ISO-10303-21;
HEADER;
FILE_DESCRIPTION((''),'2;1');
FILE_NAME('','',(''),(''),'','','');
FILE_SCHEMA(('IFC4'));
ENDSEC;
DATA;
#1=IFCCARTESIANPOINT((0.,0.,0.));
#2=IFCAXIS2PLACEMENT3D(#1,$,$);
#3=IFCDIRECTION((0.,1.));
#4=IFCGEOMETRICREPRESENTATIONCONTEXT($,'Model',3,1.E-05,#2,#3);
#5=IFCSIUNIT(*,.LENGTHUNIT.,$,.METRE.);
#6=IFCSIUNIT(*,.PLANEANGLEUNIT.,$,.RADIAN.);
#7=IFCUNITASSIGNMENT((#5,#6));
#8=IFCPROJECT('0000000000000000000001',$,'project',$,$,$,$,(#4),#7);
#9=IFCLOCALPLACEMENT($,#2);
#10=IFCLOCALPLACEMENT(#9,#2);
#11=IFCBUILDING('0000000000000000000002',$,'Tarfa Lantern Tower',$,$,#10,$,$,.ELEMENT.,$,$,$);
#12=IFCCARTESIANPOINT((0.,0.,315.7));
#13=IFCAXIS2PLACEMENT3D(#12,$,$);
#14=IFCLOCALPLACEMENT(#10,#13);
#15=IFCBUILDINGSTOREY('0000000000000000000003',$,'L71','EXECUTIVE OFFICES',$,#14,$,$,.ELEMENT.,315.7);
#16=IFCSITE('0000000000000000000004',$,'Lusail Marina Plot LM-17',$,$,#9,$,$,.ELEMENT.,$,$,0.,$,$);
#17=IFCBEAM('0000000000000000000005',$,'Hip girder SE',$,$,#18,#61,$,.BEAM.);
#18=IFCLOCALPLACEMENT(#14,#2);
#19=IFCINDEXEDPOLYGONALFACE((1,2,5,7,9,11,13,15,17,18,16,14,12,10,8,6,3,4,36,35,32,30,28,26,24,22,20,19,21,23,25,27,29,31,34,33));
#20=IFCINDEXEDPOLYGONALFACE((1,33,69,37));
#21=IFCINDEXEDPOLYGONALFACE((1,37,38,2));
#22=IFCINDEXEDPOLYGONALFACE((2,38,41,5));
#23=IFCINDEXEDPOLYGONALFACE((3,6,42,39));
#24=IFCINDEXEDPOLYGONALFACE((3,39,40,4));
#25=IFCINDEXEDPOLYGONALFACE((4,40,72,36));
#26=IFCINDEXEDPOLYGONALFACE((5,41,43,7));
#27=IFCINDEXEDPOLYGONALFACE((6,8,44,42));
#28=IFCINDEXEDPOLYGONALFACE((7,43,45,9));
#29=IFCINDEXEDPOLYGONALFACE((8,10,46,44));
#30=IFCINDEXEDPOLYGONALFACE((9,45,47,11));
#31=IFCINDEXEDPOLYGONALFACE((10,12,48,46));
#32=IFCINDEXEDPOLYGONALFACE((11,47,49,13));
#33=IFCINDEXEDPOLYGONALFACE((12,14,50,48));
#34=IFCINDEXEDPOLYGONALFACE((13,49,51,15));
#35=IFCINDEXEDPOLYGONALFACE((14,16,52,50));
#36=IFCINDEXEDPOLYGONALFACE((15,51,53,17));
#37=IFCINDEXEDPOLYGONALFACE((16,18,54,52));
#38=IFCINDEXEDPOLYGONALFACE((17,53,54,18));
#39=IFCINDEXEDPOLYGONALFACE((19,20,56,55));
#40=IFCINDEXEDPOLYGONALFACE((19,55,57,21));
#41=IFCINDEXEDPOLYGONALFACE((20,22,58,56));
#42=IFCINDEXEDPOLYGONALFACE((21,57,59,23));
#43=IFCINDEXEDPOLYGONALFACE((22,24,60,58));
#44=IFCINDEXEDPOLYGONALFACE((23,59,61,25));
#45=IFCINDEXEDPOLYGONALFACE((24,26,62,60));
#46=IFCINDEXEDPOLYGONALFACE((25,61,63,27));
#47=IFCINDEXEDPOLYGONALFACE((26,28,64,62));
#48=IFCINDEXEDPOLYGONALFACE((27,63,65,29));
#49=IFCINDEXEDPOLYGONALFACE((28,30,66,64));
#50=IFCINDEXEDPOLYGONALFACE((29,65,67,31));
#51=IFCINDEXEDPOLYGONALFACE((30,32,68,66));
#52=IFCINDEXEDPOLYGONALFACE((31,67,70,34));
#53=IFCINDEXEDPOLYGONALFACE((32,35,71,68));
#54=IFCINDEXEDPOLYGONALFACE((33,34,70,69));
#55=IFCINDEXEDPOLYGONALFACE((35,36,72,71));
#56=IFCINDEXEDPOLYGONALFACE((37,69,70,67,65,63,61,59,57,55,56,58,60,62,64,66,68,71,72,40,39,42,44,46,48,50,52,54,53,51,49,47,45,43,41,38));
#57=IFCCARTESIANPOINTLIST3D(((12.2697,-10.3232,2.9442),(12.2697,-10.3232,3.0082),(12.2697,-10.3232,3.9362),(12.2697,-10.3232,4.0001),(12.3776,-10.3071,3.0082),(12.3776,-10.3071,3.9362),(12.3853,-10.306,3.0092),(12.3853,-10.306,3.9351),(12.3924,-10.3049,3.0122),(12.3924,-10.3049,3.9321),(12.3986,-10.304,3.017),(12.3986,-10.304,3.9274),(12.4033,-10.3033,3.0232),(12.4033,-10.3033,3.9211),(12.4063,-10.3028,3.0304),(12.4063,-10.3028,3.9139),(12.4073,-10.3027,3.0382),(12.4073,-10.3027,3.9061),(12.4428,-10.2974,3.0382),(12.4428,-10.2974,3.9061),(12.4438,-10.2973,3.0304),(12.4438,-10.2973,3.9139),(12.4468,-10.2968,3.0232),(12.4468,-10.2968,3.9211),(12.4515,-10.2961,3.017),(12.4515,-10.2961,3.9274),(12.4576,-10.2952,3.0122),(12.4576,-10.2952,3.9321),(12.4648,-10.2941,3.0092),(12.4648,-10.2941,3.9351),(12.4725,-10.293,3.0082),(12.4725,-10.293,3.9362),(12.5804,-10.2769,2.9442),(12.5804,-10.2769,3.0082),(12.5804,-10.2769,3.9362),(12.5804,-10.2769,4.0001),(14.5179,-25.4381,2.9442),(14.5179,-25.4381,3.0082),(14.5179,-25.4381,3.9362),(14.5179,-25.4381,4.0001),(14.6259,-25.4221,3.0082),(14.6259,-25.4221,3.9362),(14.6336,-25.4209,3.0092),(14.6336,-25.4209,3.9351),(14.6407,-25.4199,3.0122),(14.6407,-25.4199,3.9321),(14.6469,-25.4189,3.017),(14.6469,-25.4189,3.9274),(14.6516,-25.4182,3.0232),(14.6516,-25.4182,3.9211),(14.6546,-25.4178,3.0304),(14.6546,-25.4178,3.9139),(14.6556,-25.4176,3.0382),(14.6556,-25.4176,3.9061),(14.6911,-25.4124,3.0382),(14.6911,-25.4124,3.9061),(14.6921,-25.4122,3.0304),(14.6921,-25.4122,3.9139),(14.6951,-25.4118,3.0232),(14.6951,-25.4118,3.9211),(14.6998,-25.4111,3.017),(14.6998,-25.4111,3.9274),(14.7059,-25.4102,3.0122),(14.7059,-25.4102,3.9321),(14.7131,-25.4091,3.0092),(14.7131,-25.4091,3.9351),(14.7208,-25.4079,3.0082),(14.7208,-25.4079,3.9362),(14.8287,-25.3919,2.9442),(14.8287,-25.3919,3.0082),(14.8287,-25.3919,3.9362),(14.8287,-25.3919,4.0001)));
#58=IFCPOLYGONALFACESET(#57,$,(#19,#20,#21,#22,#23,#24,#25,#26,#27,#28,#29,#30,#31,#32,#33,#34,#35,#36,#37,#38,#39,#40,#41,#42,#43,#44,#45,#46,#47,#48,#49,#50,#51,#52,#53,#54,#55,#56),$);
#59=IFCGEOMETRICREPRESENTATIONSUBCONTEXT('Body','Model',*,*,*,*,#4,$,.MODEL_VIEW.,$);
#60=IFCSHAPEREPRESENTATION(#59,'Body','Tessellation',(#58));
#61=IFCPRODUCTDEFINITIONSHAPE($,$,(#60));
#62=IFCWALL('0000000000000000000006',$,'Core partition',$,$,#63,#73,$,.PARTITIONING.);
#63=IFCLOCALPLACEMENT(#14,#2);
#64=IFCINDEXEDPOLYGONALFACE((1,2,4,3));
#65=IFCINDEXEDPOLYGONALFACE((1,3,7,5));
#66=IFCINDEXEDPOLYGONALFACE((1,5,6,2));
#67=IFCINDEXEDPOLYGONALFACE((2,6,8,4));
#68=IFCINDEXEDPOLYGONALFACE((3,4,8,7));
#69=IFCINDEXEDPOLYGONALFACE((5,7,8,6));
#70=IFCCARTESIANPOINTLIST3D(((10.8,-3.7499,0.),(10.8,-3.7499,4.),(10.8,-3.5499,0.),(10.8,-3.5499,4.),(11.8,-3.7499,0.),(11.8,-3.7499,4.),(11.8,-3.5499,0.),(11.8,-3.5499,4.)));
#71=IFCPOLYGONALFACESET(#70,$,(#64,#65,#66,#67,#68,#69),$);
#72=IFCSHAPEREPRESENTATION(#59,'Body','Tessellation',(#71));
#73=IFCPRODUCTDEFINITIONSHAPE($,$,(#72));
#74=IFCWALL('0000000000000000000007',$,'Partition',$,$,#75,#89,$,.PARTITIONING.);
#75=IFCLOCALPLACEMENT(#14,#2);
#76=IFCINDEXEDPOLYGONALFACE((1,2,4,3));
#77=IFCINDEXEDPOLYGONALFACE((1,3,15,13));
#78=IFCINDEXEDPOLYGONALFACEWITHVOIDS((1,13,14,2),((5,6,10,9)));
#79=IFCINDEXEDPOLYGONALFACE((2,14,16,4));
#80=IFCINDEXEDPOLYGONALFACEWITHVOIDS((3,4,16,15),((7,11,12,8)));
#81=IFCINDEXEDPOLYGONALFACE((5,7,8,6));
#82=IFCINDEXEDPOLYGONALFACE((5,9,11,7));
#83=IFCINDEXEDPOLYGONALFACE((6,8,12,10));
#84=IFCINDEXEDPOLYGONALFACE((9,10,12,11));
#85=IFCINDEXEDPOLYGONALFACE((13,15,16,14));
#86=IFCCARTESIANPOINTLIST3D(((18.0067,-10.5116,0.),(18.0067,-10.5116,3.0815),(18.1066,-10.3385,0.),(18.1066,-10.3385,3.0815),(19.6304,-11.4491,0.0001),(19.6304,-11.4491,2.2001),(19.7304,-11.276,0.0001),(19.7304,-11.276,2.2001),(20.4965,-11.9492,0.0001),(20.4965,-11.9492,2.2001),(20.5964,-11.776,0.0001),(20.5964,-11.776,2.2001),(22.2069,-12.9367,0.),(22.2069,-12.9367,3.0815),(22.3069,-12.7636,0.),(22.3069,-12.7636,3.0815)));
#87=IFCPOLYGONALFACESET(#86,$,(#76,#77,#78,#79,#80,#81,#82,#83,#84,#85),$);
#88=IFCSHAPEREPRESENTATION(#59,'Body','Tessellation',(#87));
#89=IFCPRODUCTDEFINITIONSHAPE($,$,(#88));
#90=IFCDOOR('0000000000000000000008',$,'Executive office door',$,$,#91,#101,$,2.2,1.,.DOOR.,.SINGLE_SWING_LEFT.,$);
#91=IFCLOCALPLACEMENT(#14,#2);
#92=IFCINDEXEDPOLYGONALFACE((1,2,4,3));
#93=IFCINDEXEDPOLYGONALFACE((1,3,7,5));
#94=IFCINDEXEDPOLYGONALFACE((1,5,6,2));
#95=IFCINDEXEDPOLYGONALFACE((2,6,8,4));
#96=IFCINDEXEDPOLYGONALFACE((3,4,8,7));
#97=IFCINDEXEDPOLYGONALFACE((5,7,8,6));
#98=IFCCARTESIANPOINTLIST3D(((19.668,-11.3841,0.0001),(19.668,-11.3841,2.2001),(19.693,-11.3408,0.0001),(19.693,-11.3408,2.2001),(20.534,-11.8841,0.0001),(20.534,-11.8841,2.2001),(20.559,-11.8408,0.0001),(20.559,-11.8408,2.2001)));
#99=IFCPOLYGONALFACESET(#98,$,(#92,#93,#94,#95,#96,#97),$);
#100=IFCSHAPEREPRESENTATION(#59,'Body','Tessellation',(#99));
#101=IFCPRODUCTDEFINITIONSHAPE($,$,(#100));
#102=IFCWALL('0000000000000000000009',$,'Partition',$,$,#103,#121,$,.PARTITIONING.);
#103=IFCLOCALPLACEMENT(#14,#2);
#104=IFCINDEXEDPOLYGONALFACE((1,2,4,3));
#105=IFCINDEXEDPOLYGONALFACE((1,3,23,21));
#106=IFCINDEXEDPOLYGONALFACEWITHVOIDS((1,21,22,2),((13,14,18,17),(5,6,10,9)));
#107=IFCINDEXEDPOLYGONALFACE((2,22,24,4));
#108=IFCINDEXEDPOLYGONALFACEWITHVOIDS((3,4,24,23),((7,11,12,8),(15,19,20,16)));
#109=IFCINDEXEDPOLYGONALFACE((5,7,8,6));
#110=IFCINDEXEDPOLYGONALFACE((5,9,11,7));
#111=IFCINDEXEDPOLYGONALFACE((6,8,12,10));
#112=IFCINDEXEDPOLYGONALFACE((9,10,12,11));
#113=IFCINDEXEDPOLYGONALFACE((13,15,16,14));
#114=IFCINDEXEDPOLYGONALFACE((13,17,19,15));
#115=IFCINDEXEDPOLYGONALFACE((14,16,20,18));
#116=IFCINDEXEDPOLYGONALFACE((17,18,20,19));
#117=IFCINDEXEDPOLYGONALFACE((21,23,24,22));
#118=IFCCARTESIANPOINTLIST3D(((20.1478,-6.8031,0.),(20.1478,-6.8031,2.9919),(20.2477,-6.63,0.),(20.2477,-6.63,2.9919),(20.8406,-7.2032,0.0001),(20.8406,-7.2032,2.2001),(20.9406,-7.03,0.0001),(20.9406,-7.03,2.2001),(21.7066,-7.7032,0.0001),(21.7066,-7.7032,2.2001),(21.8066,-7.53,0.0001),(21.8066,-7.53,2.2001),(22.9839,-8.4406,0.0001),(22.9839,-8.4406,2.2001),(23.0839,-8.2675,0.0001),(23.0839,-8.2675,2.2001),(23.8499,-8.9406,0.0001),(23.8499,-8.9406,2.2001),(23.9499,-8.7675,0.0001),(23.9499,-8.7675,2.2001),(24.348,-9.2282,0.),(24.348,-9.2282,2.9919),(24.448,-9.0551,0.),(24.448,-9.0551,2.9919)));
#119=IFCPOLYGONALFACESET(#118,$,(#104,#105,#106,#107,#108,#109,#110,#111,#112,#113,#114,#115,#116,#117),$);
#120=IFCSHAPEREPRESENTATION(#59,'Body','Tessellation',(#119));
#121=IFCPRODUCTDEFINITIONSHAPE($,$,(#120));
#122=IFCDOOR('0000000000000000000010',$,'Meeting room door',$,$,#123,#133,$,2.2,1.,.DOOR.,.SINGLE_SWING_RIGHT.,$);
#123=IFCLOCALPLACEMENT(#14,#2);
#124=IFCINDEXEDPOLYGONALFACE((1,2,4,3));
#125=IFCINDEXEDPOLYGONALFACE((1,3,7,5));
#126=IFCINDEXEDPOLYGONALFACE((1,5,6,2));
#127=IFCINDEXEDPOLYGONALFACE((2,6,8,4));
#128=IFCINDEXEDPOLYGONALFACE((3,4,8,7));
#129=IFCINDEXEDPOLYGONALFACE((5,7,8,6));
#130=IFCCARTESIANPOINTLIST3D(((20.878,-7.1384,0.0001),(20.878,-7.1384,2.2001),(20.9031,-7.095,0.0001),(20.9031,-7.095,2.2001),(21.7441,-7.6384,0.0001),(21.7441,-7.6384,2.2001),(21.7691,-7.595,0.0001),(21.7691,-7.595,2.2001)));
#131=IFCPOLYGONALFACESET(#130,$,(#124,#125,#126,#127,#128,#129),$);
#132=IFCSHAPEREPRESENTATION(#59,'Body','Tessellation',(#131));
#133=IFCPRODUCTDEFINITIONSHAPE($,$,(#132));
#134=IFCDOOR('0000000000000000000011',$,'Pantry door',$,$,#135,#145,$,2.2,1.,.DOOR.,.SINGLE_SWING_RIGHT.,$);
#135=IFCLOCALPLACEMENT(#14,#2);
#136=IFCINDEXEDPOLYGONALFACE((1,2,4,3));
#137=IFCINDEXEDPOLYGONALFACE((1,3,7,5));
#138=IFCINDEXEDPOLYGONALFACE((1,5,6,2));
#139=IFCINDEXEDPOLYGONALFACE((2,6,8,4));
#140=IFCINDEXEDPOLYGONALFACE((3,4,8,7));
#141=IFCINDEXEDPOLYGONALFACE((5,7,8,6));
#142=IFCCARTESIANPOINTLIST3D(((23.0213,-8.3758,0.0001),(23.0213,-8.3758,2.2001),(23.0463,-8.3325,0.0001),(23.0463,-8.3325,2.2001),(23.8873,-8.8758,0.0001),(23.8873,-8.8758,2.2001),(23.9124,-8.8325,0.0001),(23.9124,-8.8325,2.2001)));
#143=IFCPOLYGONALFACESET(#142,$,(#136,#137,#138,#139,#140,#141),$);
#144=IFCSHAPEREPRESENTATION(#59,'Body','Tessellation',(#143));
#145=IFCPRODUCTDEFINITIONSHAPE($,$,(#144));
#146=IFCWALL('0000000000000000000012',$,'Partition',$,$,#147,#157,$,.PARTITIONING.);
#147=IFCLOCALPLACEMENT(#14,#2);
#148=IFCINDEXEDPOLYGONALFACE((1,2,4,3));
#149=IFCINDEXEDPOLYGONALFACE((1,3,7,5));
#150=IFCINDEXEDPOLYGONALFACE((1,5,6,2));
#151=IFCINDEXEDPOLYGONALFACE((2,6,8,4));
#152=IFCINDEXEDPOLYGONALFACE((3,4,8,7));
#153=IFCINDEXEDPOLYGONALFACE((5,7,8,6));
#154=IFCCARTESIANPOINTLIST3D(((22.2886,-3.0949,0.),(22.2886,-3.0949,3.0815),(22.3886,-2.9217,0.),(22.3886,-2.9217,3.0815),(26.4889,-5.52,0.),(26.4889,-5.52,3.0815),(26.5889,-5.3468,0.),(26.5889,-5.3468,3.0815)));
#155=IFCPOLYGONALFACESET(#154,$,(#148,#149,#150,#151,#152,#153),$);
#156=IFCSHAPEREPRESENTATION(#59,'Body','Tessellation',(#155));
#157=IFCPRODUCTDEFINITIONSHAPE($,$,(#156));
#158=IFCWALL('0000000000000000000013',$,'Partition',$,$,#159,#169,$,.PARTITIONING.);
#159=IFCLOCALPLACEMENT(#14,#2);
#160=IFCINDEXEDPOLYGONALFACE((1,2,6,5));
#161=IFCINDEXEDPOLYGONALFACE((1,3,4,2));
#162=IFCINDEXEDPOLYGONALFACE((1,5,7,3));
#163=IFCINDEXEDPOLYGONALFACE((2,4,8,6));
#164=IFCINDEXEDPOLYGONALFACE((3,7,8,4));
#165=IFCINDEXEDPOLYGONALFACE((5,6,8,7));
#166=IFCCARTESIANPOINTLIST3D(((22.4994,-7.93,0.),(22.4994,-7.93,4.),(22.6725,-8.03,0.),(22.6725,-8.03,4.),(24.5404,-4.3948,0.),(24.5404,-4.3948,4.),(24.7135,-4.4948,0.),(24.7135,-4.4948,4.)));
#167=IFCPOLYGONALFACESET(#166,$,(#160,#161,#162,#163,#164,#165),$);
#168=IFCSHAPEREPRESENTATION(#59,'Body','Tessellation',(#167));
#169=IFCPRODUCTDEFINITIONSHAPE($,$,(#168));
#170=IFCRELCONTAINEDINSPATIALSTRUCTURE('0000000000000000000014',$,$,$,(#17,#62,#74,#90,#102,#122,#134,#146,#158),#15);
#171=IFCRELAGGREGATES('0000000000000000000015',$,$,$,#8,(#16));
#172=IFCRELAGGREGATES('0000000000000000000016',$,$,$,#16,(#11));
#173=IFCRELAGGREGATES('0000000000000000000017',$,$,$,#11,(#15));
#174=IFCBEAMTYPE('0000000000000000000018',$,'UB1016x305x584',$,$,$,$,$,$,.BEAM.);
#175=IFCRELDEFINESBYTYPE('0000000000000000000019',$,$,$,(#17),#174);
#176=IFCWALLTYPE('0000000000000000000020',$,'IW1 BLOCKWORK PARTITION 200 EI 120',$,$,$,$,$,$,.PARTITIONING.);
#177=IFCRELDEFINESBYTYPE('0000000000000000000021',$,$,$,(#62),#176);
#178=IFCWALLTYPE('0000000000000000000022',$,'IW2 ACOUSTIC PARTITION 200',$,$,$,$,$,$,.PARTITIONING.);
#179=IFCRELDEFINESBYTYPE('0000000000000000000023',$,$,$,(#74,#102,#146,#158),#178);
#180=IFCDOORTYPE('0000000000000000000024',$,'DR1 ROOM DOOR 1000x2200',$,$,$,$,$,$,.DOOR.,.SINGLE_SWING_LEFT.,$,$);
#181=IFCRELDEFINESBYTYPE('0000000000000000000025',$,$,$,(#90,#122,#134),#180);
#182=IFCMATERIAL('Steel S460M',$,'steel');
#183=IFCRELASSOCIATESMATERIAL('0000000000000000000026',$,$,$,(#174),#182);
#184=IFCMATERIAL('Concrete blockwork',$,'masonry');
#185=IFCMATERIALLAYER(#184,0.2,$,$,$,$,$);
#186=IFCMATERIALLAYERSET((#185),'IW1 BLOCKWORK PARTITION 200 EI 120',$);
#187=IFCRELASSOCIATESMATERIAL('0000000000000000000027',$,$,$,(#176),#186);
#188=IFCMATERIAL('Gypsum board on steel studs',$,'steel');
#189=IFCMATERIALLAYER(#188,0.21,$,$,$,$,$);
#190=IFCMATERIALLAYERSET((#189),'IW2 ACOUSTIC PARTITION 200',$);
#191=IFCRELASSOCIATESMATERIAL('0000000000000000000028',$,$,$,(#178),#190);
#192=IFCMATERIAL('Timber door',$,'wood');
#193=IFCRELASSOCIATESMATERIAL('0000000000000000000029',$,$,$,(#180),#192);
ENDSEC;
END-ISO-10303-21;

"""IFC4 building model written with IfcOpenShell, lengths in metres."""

from ifc_helpers import new_model, si_unit, direction, frame, frame_2d, origin, origin_2d, place, context, subcontext, project, spatial, rectangle, i_section, extrude, material, layer, layer_set, material_profile, profile_set, type_object, element, fill, save


model = new_model("IFC4")

# Units and contexts
model_context = context("Model", 3, precision=1e-05, world=origin(), true_north=direction((0.0, 1.0)))
body_context = subcontext(model_context, "Body", "Model", "MODEL_VIEW")
ifc_project = project(units=[si_unit("LENGTHUNIT", "METRE"), si_unit("PLANEANGLEUNIT", "RADIAN")], contexts=[model_context])

# Site, building, storey
site_placement = place(None, origin())
site = spatial("IfcSite", under=ifc_project, at=site_placement, Name="Lusail Marina Plot LM-17", CompositionType="ELEMENT", RefElevation=0.0)
building_placement = place(site_placement, origin())
building = spatial("IfcBuilding", under=site, at=building_placement, Name="Tarfa Lantern Tower", CompositionType="ELEMENT")
storey_placement = place(building_placement, frame((0.0, 0.0, 315.7)))
storey = spatial("IfcBuildingStorey", under=building, at=storey_placement, Name="L71", Description="EXECUTIVE OFFICES", CompositionType="ELEMENT", Elevation=315.7)

# Beam
ifc_material_1 = material(Name="Steel S460M", Category="steel")
ifc_material_profile = material_profile(ifc_material_1, i_section(OverallWidth=0.3142, OverallDepth=1.0559, WebThickness=0.0359, FlangeThickness=0.064, FilletRadius=0.03, at=origin_2d()), Name="UB1016x305x584")
ifc_profile_set = profile_set([ifc_material_profile], Name="Steel S460M")
beam_type = type_object("IfcBeamType", Name="UB1016x305x584", PredefinedType="BEAM", material=ifc_profile_set)
beam_placement = place(storey_placement, frame((12.425, -10.3, 3.4722), z_axis=(0.147127, -0.989118, 0.0), x_axis=(0.989118, 0.147127, 0.0)))
element("IfcBeam", 1, at=beam_placement, inside=storey, type_object=beam_type, Name="Hip girder SE", PredefinedType="BEAM", context=body_context, shape_type="SweptSolid", body=[
    extrude(i_section(OverallWidth=0.3142, OverallDepth=1.0559, WebThickness=0.0359, FlangeThickness=0.064, FilletRadius=0.03, at=origin_2d()), origin(), (0.0, 0.0, 1.0), 15.2812),
])

# Wall
ifc_material_2 = material(Name="Concrete blockwork", Category="masonry")
ifc_layer_1 = layer(ifc_material_2, 0.2)
ifc_layer_set_1 = layer_set([ifc_layer_1], Name="IW1 BLOCKWORK PARTITION 200 EI 120")
wall_type_1 = type_object("IfcWallType", Name="IW1 BLOCKWORK PARTITION 200 EI 120", PredefinedType="PARTITIONING", material=ifc_layer_set_1)
wall_1_placement = place(storey_placement, frame((11.8, -3.6499, 0.0), z_axis=(0.0, 0.0, 1.0), x_axis=(-1.0, 0.0, 0.0)))
element("IfcWall", 2, at=wall_1_placement, inside=storey, type_object=wall_type_1, Name="Core partition", PredefinedType="PARTITIONING", context=body_context, shape_type="SweptSolid", body=[
    extrude(rectangle(XDim=1.0, YDim=0.2, at=frame_2d((0.5, 0.0))), origin(), (0.0, 0.0, 1.0), 4.0),
])

# Wall, opening, door
ifc_material_3 = material(Name="Gypsum board on steel studs", Category="steel")
ifc_layer_2 = layer(ifc_material_3, 0.21)
ifc_layer_set_2 = layer_set([ifc_layer_2], Name="IW2 ACOUSTIC PARTITION 200")
wall_type_2 = type_object("IfcWallType", Name="IW2 ACOUSTIC PARTITION 200", PredefinedType="PARTITIONING", material=ifc_layer_set_2)
wall_2_placement = place(storey_placement, frame((18.0566, -10.425, 0.0), z_axis=(0.0, 0.0, 1.0), x_axis=(0.86602, -0.50001, 0.0)))
wall_2 = element("IfcWall", 3, at=wall_2_placement, inside=storey, type_object=wall_type_2, Name="Partition", PredefinedType="PARTITIONING", context=body_context, shape_type="SweptSolid", body=[
    extrude(rectangle(XDim=4.8501, YDim=0.2, at=frame_2d((2.425, 0.0))), origin(), (0.0, 0.0, 1.0), 3.0815),
])
opening_1_placement = place(wall_2_placement, frame((1.875, 0.0, 0.0)))
opening_1 = element("IfcOpeningElement", 4, at=opening_1_placement, cuts=wall_2, PredefinedType="OPENING", context=body_context, shape_type="SweptSolid", body=[
    extrude(rectangle(XDim=1.0, YDim=2.2, at=frame_2d((0.5, 1.1001))), frame((0.0, 0.1099, 0.0), z_axis=(0.0, -1.0, 0.0), x_axis=(1.0, 0.0, 0.0)), (0.0, 0.0, 1.0), 0.22),
])
ifc_material_4 = material(Name="Timber door", Category="wood")
door_type_1 = type_object("IfcDoorType", Name="DR1 ROOM DOOR 1000x2200", OperationType="SINGLE_SWING_LEFT", PredefinedType="DOOR", material=ifc_material_4)
door_1_placement = place(opening_1_placement, frame((1.0, 0.0, 0.0), z_axis=(0.0, 0.0, 1.0), x_axis=(-1.0, 0.0, 0.0)))
door_1 = element("IfcDoor", 5, at=door_1_placement, inside=storey, type_object=door_type_1, Name="Executive office door", OperationType="SINGLE_SWING_LEFT", OverallHeight=2.2, OverallWidth=1.0, PredefinedType="DOOR", context=body_context, shape_type="SweptSolid", body=[
    extrude(rectangle(XDim=1.0, YDim=2.2, at=frame_2d((0.5, 1.1001))), frame((0.0, 0.0249, 0.0), z_axis=(0.0, -1.0, 0.0), x_axis=(1.0, 0.0, 0.0)), (0.0, 0.0, 1.0), 0.05),
])
fill(opening_1, door_1)

# Wall, openings, doors
wall_3_placement = place(storey_placement, frame((20.1978, -6.7166, 0.0), z_axis=(0.0, 0.0, 1.0), x_axis=(0.86602, -0.50001, 0.0)))
wall_3 = element("IfcWall", 6, at=wall_3_placement, inside=storey, type_object=wall_type_2, Name="Partition", PredefinedType="PARTITIONING", context=body_context, shape_type="SweptSolid", body=[
    extrude(rectangle(XDim=4.8501, YDim=0.2, at=frame_2d((2.425, 0.0))), origin(), (0.0, 0.0, 1.0), 2.9919),
])
opening_2_placement = place(wall_3_placement, frame((0.8, 0.0, 0.0)))
opening_2 = element("IfcOpeningElement", 7, at=opening_2_placement, cuts=wall_3, PredefinedType="OPENING", context=body_context, shape_type="SweptSolid", body=[
    extrude(rectangle(XDim=1.0, YDim=2.2, at=frame_2d((0.5, 1.1001))), frame((0.0, 0.1099, 0.0), z_axis=(0.0, -1.0, 0.0), x_axis=(1.0, 0.0, 0.0)), (0.0, 0.0, 1.0), 0.22),
])
opening_3_placement = place(wall_3_placement, frame((3.2749, 0.0, 0.0)))
opening_3 = element("IfcOpeningElement", 8, at=opening_3_placement, cuts=wall_3, PredefinedType="OPENING", context=body_context, shape_type="SweptSolid", body=[
    extrude(rectangle(XDim=1.0, YDim=2.2, at=frame_2d((0.5, 1.1001))), frame((0.0, 0.1099, 0.0), z_axis=(0.0, -1.0, 0.0), x_axis=(1.0, 0.0, 0.0)), (0.0, 0.0, 1.0), 0.22),
])
door_2_placement = place(opening_2_placement, origin())
door_2 = element("IfcDoor", 9, at=door_2_placement, inside=storey, type_object=door_type_1, Name="Meeting room door", OperationType="SINGLE_SWING_RIGHT", OverallHeight=2.2, OverallWidth=1.0, PredefinedType="DOOR", context=body_context, shape_type="SweptSolid", body=[
    extrude(rectangle(XDim=1.0, YDim=2.2, at=frame_2d((0.5, 1.1001))), frame((0.0, 0.0249, 0.0), z_axis=(0.0, -1.0, 0.0), x_axis=(1.0, 0.0, 0.0)), (0.0, 0.0, 1.0), 0.05),
])
fill(opening_2, door_2)
door_3_placement = place(opening_3_placement, origin())
door_3 = element("IfcDoor", 10, at=door_3_placement, inside=storey, type_object=door_type_1, Name="Pantry door", OperationType="SINGLE_SWING_RIGHT", OverallHeight=2.2, OverallWidth=1.0, PredefinedType="DOOR", context=body_context, shape_type="SweptSolid", body=[
    extrude(rectangle(XDim=1.0, YDim=2.2, at=frame_2d((0.5, 1.1001))), frame((0.0, 0.0249, 0.0), z_axis=(0.0, -1.0, 0.0), x_axis=(1.0, 0.0, 0.0)), (0.0, 0.0, 1.0), 0.05),
])
fill(opening_3, door_3)

# Walls
wall_4_placement = place(storey_placement, frame((22.3386, -3.0083, 0.0), z_axis=(0.0, 0.0, 1.0), x_axis=(0.86602, -0.50001, 0.0)))
element("IfcWall", 11, at=wall_4_placement, inside=storey, type_object=wall_type_2, Name="Partition", PredefinedType="PARTITIONING", context=body_context, shape_type="SweptSolid", body=[
    extrude(rectangle(XDim=4.8501, YDim=0.2, at=frame_2d((2.425, 0.0))), origin(), (0.0, 0.0, 1.0), 3.0815),
])
wall_5_placement = place(storey_placement, frame((22.5859, -7.98, 0.0), z_axis=(0.0, 0.0, 1.0), x_axis=(0.499999, 0.866026, 0.0)))
element("IfcWall", 12, at=wall_5_placement, inside=storey, type_object=wall_type_2, Name="Partition", PredefinedType="PARTITIONING", context=body_context, shape_type="SweptSolid", body=[
    extrude(rectangle(XDim=4.082, YDim=0.2, at=frame_2d((2.041, 0.0))), origin(), (0.0, 0.0, 1.0), 4.0),
])

save(model, "model.ifc")
